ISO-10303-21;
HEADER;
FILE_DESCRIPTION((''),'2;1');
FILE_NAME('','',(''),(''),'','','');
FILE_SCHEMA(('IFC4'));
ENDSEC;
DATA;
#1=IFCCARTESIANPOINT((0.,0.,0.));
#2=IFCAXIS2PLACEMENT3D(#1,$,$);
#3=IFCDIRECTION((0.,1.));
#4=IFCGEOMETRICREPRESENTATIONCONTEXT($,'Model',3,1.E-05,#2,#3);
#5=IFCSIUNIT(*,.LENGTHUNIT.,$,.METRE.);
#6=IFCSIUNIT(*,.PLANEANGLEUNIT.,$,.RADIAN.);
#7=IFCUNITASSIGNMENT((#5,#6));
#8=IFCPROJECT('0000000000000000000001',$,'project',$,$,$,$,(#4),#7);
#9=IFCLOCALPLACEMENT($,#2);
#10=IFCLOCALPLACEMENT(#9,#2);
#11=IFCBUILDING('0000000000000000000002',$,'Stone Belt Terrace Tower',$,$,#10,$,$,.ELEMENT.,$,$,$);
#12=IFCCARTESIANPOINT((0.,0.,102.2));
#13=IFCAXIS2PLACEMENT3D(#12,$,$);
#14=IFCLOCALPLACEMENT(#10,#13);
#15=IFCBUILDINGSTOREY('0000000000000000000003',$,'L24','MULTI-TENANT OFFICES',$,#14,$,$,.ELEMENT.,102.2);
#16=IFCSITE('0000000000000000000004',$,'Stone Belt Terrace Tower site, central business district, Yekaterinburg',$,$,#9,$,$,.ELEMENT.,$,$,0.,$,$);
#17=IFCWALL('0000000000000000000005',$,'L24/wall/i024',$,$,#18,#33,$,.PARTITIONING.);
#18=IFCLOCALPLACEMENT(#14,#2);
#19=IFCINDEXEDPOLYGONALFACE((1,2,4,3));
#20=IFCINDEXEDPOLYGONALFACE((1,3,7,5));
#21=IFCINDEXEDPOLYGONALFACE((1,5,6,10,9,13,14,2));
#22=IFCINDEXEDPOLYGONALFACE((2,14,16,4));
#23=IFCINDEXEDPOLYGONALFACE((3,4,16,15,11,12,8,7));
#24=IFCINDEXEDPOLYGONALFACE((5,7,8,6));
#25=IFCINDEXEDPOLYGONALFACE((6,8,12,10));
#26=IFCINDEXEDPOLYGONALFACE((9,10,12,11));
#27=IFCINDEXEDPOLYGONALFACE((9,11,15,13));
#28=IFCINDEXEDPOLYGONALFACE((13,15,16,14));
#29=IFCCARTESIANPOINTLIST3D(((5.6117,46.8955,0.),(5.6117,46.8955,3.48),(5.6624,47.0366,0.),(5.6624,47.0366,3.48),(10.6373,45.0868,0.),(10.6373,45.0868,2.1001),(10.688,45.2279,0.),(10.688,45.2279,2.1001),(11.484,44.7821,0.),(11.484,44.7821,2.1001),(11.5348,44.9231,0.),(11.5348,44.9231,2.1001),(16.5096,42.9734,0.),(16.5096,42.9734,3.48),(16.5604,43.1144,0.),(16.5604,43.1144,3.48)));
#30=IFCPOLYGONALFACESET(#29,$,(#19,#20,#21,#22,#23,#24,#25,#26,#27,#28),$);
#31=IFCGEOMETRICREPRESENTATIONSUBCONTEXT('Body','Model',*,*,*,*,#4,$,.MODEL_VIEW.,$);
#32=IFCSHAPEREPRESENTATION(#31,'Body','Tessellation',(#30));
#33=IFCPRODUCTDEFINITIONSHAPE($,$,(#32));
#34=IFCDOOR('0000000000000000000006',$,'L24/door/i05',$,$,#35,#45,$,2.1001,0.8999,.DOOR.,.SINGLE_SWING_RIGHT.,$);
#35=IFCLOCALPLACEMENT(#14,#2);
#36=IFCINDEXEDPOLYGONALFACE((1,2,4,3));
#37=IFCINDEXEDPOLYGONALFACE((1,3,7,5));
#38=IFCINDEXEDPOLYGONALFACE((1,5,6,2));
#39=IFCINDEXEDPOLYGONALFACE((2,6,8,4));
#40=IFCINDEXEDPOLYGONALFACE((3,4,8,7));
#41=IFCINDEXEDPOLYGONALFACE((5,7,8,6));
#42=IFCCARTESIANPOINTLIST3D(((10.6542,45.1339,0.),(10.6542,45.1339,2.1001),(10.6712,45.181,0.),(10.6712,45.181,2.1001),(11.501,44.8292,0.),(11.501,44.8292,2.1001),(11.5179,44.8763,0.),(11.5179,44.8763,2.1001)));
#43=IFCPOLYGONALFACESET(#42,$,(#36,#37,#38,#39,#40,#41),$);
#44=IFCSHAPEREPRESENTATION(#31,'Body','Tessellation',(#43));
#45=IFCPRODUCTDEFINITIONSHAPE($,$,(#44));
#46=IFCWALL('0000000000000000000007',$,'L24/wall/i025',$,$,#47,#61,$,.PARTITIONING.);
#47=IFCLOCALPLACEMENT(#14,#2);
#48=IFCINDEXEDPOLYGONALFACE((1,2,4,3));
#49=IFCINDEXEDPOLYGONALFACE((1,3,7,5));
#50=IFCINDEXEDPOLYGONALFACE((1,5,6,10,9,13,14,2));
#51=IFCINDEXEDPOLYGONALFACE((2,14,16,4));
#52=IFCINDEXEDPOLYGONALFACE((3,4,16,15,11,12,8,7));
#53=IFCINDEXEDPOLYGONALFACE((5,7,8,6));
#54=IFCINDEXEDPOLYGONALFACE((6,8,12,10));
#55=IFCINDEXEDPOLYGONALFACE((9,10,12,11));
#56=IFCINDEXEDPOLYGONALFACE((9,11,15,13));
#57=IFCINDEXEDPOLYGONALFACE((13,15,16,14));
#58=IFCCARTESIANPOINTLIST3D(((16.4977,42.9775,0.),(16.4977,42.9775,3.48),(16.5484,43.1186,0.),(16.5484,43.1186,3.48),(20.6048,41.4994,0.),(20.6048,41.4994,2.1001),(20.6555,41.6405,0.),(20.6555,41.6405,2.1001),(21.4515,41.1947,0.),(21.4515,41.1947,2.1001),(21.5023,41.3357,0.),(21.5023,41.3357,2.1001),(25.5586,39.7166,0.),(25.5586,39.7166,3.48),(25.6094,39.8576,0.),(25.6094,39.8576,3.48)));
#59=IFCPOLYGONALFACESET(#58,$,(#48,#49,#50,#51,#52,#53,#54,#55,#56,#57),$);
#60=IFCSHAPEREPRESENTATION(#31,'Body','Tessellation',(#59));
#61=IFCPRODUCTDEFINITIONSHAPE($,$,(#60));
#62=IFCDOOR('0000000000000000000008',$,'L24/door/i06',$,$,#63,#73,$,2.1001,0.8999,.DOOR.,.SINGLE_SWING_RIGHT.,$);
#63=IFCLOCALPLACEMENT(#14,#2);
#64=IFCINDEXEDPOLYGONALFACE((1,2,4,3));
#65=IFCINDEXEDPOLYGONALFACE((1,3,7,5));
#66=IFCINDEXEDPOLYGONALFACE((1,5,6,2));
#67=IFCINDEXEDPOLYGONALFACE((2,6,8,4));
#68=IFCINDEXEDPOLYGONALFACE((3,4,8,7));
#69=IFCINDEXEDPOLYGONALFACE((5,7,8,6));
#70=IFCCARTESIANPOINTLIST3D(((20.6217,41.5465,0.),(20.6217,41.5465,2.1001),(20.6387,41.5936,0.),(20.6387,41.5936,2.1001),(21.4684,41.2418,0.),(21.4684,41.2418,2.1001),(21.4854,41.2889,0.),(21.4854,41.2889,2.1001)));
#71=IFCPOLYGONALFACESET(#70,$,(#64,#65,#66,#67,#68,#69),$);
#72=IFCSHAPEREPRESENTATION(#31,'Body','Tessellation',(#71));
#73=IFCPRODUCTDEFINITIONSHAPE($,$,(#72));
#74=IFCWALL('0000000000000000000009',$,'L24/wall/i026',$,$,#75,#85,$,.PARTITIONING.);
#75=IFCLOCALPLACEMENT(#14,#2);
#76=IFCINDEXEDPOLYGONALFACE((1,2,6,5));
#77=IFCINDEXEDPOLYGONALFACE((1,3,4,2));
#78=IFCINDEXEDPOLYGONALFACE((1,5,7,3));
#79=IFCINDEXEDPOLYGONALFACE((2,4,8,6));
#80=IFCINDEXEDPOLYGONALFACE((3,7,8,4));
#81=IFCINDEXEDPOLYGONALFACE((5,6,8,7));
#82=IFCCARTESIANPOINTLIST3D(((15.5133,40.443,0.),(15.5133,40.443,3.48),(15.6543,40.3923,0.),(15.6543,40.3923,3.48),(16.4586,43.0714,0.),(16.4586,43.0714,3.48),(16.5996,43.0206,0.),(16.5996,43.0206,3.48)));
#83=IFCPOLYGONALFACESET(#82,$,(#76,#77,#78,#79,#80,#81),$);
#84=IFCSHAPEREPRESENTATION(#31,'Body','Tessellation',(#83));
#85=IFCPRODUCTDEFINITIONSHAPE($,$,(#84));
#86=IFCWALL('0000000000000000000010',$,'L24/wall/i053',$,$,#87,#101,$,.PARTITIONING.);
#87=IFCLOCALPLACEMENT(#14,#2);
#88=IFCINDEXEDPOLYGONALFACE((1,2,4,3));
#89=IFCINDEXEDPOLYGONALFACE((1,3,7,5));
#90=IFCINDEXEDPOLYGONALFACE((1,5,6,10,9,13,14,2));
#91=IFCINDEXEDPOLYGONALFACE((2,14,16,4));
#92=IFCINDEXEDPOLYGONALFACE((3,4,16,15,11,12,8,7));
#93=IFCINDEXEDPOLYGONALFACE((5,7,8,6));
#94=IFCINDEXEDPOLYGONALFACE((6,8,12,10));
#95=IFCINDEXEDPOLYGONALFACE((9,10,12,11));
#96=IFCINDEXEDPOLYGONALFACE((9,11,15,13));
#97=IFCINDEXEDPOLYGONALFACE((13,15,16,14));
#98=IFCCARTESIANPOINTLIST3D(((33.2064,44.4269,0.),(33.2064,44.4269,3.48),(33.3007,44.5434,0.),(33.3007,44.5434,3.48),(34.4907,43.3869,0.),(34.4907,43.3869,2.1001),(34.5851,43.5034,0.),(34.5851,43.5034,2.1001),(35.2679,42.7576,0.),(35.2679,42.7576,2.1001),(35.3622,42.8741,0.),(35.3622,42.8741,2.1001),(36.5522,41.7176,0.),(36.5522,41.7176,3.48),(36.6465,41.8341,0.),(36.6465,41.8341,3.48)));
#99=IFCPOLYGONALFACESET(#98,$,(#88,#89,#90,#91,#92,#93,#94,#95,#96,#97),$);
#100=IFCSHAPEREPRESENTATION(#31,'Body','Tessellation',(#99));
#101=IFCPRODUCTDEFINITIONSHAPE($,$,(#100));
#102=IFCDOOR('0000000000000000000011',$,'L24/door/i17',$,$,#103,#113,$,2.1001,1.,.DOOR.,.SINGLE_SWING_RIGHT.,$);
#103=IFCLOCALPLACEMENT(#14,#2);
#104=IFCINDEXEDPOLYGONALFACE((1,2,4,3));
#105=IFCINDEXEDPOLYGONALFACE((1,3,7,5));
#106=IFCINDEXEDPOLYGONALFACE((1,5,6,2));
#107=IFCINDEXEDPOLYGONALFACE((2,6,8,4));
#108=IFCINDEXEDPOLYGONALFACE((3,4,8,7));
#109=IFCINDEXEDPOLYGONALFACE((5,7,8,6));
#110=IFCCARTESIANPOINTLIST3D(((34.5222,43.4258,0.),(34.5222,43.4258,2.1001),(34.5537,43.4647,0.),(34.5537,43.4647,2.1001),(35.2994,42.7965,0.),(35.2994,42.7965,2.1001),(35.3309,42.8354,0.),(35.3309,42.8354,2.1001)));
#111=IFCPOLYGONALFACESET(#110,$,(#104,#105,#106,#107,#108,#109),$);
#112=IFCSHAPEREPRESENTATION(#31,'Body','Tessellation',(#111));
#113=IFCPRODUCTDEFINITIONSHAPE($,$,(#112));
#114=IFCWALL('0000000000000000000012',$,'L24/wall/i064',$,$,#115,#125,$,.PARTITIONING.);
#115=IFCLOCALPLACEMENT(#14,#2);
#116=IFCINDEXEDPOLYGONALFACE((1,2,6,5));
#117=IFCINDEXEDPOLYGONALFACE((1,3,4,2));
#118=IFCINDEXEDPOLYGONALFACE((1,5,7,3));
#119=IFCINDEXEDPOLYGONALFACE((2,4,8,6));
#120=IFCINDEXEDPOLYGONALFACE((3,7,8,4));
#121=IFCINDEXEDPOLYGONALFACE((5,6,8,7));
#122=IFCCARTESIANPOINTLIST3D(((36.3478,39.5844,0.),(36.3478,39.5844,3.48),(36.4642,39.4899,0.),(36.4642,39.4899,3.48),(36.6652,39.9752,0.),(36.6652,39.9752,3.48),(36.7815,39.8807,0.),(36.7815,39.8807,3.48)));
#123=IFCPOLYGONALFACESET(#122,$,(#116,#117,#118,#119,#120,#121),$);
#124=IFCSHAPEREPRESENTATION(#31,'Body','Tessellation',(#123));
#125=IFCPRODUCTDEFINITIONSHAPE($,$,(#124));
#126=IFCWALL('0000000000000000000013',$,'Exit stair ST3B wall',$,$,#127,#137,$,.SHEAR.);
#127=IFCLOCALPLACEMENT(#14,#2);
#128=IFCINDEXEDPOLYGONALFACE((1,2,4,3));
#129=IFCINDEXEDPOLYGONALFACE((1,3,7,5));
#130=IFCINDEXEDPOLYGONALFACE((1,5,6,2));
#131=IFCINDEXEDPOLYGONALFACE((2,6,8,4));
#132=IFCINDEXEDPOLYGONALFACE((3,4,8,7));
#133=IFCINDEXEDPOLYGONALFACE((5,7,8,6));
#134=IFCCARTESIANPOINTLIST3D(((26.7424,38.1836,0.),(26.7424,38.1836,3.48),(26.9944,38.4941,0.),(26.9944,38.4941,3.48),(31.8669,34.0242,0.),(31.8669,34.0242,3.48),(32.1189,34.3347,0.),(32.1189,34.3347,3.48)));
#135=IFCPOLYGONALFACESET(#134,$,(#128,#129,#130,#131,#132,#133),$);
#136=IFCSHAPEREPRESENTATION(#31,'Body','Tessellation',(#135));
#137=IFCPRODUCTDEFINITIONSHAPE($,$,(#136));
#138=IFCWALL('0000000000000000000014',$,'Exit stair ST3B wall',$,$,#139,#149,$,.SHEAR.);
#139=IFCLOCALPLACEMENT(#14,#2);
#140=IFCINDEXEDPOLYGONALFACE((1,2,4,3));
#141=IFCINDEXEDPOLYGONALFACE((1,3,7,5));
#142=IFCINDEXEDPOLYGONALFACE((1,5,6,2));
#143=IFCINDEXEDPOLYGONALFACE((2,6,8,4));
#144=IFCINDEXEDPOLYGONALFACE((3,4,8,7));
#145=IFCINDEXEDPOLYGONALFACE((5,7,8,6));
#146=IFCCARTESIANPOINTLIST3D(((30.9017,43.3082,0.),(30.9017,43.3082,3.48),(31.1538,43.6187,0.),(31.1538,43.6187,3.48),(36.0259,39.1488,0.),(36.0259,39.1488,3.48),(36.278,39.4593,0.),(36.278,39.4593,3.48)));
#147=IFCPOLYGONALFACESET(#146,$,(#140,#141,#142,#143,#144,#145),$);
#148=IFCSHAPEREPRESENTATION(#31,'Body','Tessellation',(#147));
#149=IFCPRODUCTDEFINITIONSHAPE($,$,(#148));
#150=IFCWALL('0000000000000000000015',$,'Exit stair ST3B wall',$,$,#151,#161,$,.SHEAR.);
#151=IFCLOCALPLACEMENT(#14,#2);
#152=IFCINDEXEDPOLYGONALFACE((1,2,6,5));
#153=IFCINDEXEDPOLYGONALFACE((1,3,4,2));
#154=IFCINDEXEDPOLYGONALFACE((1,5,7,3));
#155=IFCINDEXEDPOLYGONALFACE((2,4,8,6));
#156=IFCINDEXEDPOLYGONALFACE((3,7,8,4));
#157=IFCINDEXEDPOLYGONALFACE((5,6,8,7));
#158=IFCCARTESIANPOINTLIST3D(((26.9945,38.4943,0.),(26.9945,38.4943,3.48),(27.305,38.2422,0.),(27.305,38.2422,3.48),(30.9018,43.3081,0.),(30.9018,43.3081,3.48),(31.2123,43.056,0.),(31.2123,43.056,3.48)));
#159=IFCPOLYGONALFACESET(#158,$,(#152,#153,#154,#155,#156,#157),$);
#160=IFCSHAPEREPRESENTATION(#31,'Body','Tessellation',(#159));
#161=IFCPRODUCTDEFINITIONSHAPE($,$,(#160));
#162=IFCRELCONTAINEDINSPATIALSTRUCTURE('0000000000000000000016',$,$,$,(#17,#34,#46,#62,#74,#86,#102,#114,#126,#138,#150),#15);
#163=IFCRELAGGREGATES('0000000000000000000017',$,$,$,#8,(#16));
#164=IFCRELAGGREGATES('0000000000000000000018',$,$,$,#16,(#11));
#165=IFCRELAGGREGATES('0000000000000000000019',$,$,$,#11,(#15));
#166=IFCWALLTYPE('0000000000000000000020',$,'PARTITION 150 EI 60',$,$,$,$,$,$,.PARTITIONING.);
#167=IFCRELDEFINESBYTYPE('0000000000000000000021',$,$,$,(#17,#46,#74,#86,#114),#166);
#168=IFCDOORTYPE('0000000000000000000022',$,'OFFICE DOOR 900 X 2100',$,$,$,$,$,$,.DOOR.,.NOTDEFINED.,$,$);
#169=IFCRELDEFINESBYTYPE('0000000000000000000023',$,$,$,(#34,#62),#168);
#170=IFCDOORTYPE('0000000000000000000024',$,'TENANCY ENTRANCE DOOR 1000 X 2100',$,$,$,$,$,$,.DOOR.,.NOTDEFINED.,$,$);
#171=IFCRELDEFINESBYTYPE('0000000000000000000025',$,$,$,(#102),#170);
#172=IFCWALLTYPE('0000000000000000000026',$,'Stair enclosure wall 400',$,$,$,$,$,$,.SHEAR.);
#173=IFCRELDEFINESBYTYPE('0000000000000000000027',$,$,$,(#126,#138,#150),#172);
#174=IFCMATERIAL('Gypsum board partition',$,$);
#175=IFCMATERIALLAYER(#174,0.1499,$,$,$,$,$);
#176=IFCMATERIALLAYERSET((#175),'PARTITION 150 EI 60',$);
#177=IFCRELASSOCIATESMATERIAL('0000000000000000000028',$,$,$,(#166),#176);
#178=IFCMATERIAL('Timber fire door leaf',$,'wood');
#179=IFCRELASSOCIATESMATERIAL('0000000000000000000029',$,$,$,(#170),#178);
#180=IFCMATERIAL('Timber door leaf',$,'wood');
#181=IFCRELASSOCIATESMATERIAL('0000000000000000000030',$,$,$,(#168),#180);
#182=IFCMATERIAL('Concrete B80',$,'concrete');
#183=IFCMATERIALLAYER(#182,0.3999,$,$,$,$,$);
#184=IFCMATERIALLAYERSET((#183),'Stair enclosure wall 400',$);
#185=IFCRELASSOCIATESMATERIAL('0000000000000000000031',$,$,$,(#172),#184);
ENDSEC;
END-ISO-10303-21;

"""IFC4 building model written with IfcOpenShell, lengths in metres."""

from ifc_helpers import new_model, si_unit, direction, frame, frame_2d, origin, place, context, subcontext, project, spatial, rectangle, extrude, material, layer, layer_set, type_object, element, fill, save


model = new_model("IFC4")

# Units and contexts
model_context = context("Model", 3, precision=1e-05, world=origin(), true_north=direction((0.0, 1.0)))
body_context = subcontext(model_context, "Body", "Model", "MODEL_VIEW")
ifc_project = project(units=[si_unit("LENGTHUNIT", "METRE"), si_unit("PLANEANGLEUNIT", "RADIAN")], contexts=[model_context])

# Site, building, storey
site_placement = place(None, origin())
site = spatial("IfcSite", under=ifc_project, at=site_placement, Name="Stone Belt Terrace Tower site, central business district, Yekaterinburg", CompositionType="ELEMENT", RefElevation=0.0)
building_placement = place(site_placement, origin())
building = spatial("IfcBuilding", under=site, at=building_placement, Name="Stone Belt Terrace Tower", CompositionType="ELEMENT")
storey_placement = place(building_placement, frame((0.0, 0.0, 102.2)))
storey = spatial("IfcBuildingStorey", under=building, at=storey_placement, Name="L24", Description="MULTI-TENANT OFFICES", CompositionType="ELEMENT", Elevation=102.2)

# Shared definitions
ifc_material_1 = material(Name="Concrete B80", Category="concrete")

# Walls, openings, doors
ifc_material_2 = material(Name="Timber door leaf", Category="wood")
ifc_material_3 = material(Name="Gypsum board partition")
ifc_layer_1 = layer(ifc_material_3, 0.1499)
ifc_layer_set_1 = layer_set([ifc_layer_1], Name="PARTITION 150 EI 60")
wall_type_1 = type_object("IfcWallType", Name="PARTITION 150 EI 60", PredefinedType="PARTITIONING", material=ifc_layer_set_1)
ifc_material_4 = material(Name="Timber fire door leaf", Category="wood")
door_type_1 = type_object("IfcDoorType", Name="TENANCY ENTRANCE DOOR 1000 X 2100", OperationType="NOTDEFINED", PredefinedType="DOOR", material=ifc_material_4)
wall_1_placement = place(storey_placement, frame((16.5349, 43.0439, 0.0), z_axis=(0.0, 0.0, 1.0), x_axis=(-0.940919, 0.338632, 0.0)))
wall_1 = element("IfcWall", 1, at=wall_1_placement, inside=storey, type_object=wall_type_1, Name="L24/wall/i024", PredefinedType="PARTITIONING", context=body_context, shape_type="SweptSolid", body=[
    extrude(rectangle(XDim=11.5823, YDim=0.1499, at=frame_2d((5.791, 0.0))), origin(), (0.0, 0.0, 1.0), 3.48),
])
opening_1_placement = place(wall_1_placement, frame((5.3411, 0.0, 0.0)))
opening_1 = element("IfcOpeningElement", 2, at=opening_1_placement, cuts=wall_1, PredefinedType="OPENING", context=body_context, shape_type="SweptSolid", body=[
    extrude(rectangle(XDim=0.8999, YDim=2.1001, at=frame_2d((0.45, 1.05))), frame((0.0, 0.085, 0.0), z_axis=(0.0, -1.0, 0.0), x_axis=(1.0, 0.0, 0.0)), (0.0, 0.0, 1.0), 0.1699),
])
door_type_2 = type_object("IfcDoorType", Name="OFFICE DOOR 900 X 2100", OperationType="NOTDEFINED", PredefinedType="DOOR", material=ifc_material_2)
door_1_placement = place(opening_1_placement, origin())
door_1 = element("IfcDoor", 3, at=door_1_placement, inside=storey, type_object=door_type_2, Name="L24/door/i05", OperationType="SINGLE_SWING_RIGHT", OverallHeight=2.1001, OverallWidth=0.8999, PredefinedType="DOOR", context=body_context, shape_type="SweptSolid", body=[
    extrude(rectangle(XDim=0.8999, YDim=2.1001, at=frame_2d((0.45, 1.05))), frame((0.0, 0.0249, 0.0), z_axis=(0.0, -1.0, 0.0), x_axis=(1.0, 0.0, 0.0)), (0.0, 0.0, 1.0), 0.05),
])
fill(opening_1, door_1)
wall_2_placement = place(storey_placement, frame((25.584, 39.7871, 0.0), z_axis=(0.0, 0.0, 1.0), x_axis=(-0.94092, 0.338629, 0.0)))
wall_2 = element("IfcWall", 4, at=wall_2_placement, inside=storey, type_object=wall_type_1, Name="L24/wall/i025", PredefinedType="PARTITIONING", context=body_context, shape_type="SweptSolid", body=[
    extrude(rectangle(XDim=9.6299, YDim=0.1499, at=frame_2d((4.8149, 0.0))), origin(), (0.0, 0.0, 1.0), 3.48),
])
opening_2_placement = place(wall_2_placement, frame((4.365, 0.0, 0.0)))
opening_2 = element("IfcOpeningElement", 5, at=opening_2_placement, cuts=wall_2, PredefinedType="OPENING", context=body_context, shape_type="SweptSolid", body=[
    extrude(rectangle(XDim=0.8999, YDim=2.1001, at=frame_2d((0.45, 1.05))), frame((0.0, 0.085, 0.0), z_axis=(0.0, -1.0, 0.0), x_axis=(1.0, 0.0, 0.0)), (0.0, 0.0, 1.0), 0.1699),
])
door_2_placement = place(opening_2_placement, origin())
door_2 = element("IfcDoor", 6, at=door_2_placement, inside=storey, type_object=door_type_2, Name="L24/door/i06", OperationType="SINGLE_SWING_RIGHT", OverallHeight=2.1001, OverallWidth=0.8999, PredefinedType="DOOR", context=body_context, shape_type="SweptSolid", body=[
    extrude(rectangle(XDim=0.8999, YDim=2.1001, at=frame_2d((0.45, 1.05))), frame((0.0, 0.0249, 0.0), z_axis=(0.0, -1.0, 0.0), x_axis=(1.0, 0.0, 0.0)), (0.0, 0.0, 1.0), 0.05),
])
fill(opening_2, door_2)

# Wall
wall_3_placement = place(storey_placement, frame((16.5291, 43.0459, 0.0), z_axis=(0.0, 0.0, 1.0), x_axis=(-0.338429, -0.940992, 0.0)))
element("IfcWall", 7, at=wall_3_placement, inside=storey, type_object=wall_type_1, Name="L24/wall/i026", PredefinedType="PARTITIONING", context=body_context, shape_type="SweptSolid", body=[
    extrude(rectangle(XDim=2.7932, YDim=0.1499, at=frame_2d((1.3965, 0.0))), origin(), (0.0, 0.0, 1.0), 3.48),
])

# Wall, opening, door
wall_4_placement = place(storey_placement, frame((36.5994, 41.7759, 0.0), z_axis=(0.0, 0.0, 1.0), x_axis=(-0.777154, 0.629311, 0.0)))
wall_4 = element("IfcWall", 8, at=wall_4_placement, inside=storey, type_object=wall_type_1, Name="L24/wall/i053", PredefinedType="PARTITIONING", context=body_context, shape_type="SweptSolid", body=[
    extrude(rectangle(XDim=4.3052, YDim=0.1499, at=frame_2d((2.1526, 0.0))), origin(), (0.0, 0.0, 1.0), 3.48),
])
opening_3_placement = place(wall_4_placement, frame((1.6526, 0.0, 0.0)))
opening_3 = element("IfcOpeningElement", 9, at=opening_3_placement, cuts=wall_4, PredefinedType="OPENING", context=body_context, shape_type="SweptSolid", body=[
    extrude(rectangle(XDim=1.0, YDim=2.1001, at=frame_2d((0.5, 1.05))), frame((0.0, 0.085, 0.0), z_axis=(0.0, -1.0, 0.0), x_axis=(1.0, 0.0, 0.0)), (0.0, 0.0, 1.0), 0.1699),
])
door_3_placement = place(opening_3_placement, origin())
door_3 = element("IfcDoor", 10, at=door_3_placement, inside=storey, type_object=door_type_1, Name="L24/door/i17", OperationType="SINGLE_SWING_RIGHT", OverallHeight=2.1001, OverallWidth=1.0, PredefinedType="DOOR", context=body_context, shape_type="SweptSolid", body=[
    extrude(rectangle(XDim=1.0, YDim=2.1001, at=frame_2d((0.5, 1.05))), frame((0.0, 0.0249, 0.0), z_axis=(0.0, -1.0, 0.0), x_axis=(1.0, 0.0, 0.0)), (0.0, 0.0, 1.0), 0.05),
])
fill(opening_3, door_3)

# Walls
wall_5_placement = place(storey_placement, frame((36.406, 39.5371, 0.0), z_axis=(0.0, 0.0, 1.0), x_axis=(0.630355, 0.776307, 0.0)))
element("IfcWall", 11, at=wall_5_placement, inside=storey, type_object=wall_type_1, Name="L24/wall/i064", PredefinedType="PARTITIONING", context=body_context, shape_type="SweptSolid", body=[
    extrude(rectangle(XDim=0.5034, YDim=0.1499, at=frame_2d((0.2517, 0.0))), origin(), (0.0, 0.0, 1.0), 3.48),
])
ifc_layer_2 = layer(ifc_material_1, 0.3999)
ifc_layer_set_2 = layer_set([ifc_layer_2], Name="Stair enclosure wall 400")
wall_type_2 = type_object("IfcWallType", Name="Stair enclosure wall 400", PredefinedType="SHEAR", material=ifc_layer_set_2)
wall_6_placement = place(storey_placement, frame((26.8684, 38.3389, 0.0), z_axis=(0.0, 0.0, 1.0), x_axis=(0.776428, -0.630205, 0.0)))
element("IfcWall", 12, at=wall_6_placement, inside=storey, type_object=wall_type_2, Name="Exit stair ST3B wall", PredefinedType="SHEAR", context=body_context, shape_type="SweptSolid", body=[
    extrude(rectangle(XDim=6.6001, YDim=0.3999, at=frame_2d((3.3, 0.0))), origin(), (0.0, 0.0, 1.0), 3.48),
])
wall_7_placement = place(storey_placement, frame((31.0278, 43.4634, 0.0), z_axis=(0.0, 0.0, 1.0), x_axis=(0.776414, -0.630224, 0.0)))
element("IfcWall", 13, at=wall_7_placement, inside=storey, type_object=wall_type_2, Name="Exit stair ST3B wall", PredefinedType="SHEAR", context=body_context, shape_type="SweptSolid", body=[
    extrude(rectangle(XDim=6.5999, YDim=0.3999, at=frame_2d((3.2998, 0.0))), origin(), (0.0, 0.0, 1.0), 3.48),
])
wall_8_placement = place(storey_placement, frame((27.1497, 38.3682, 0.0), z_axis=(0.0, 0.0, 1.0), x_axis=(0.630212, 0.776423, 0.0)))
element("IfcWall", 14, at=wall_8_placement, inside=storey, type_object=wall_type_2, Name="Exit stair ST3B wall", PredefinedType="SHEAR", context=body_context, shape_type="SweptSolid", body=[
    extrude(rectangle(XDim=6.2, YDim=0.3999, at=frame_2d((3.1001, 0.0))), origin(), (0.0, 0.0, 1.0), 3.48),
])

save(model, "model.ifc")
